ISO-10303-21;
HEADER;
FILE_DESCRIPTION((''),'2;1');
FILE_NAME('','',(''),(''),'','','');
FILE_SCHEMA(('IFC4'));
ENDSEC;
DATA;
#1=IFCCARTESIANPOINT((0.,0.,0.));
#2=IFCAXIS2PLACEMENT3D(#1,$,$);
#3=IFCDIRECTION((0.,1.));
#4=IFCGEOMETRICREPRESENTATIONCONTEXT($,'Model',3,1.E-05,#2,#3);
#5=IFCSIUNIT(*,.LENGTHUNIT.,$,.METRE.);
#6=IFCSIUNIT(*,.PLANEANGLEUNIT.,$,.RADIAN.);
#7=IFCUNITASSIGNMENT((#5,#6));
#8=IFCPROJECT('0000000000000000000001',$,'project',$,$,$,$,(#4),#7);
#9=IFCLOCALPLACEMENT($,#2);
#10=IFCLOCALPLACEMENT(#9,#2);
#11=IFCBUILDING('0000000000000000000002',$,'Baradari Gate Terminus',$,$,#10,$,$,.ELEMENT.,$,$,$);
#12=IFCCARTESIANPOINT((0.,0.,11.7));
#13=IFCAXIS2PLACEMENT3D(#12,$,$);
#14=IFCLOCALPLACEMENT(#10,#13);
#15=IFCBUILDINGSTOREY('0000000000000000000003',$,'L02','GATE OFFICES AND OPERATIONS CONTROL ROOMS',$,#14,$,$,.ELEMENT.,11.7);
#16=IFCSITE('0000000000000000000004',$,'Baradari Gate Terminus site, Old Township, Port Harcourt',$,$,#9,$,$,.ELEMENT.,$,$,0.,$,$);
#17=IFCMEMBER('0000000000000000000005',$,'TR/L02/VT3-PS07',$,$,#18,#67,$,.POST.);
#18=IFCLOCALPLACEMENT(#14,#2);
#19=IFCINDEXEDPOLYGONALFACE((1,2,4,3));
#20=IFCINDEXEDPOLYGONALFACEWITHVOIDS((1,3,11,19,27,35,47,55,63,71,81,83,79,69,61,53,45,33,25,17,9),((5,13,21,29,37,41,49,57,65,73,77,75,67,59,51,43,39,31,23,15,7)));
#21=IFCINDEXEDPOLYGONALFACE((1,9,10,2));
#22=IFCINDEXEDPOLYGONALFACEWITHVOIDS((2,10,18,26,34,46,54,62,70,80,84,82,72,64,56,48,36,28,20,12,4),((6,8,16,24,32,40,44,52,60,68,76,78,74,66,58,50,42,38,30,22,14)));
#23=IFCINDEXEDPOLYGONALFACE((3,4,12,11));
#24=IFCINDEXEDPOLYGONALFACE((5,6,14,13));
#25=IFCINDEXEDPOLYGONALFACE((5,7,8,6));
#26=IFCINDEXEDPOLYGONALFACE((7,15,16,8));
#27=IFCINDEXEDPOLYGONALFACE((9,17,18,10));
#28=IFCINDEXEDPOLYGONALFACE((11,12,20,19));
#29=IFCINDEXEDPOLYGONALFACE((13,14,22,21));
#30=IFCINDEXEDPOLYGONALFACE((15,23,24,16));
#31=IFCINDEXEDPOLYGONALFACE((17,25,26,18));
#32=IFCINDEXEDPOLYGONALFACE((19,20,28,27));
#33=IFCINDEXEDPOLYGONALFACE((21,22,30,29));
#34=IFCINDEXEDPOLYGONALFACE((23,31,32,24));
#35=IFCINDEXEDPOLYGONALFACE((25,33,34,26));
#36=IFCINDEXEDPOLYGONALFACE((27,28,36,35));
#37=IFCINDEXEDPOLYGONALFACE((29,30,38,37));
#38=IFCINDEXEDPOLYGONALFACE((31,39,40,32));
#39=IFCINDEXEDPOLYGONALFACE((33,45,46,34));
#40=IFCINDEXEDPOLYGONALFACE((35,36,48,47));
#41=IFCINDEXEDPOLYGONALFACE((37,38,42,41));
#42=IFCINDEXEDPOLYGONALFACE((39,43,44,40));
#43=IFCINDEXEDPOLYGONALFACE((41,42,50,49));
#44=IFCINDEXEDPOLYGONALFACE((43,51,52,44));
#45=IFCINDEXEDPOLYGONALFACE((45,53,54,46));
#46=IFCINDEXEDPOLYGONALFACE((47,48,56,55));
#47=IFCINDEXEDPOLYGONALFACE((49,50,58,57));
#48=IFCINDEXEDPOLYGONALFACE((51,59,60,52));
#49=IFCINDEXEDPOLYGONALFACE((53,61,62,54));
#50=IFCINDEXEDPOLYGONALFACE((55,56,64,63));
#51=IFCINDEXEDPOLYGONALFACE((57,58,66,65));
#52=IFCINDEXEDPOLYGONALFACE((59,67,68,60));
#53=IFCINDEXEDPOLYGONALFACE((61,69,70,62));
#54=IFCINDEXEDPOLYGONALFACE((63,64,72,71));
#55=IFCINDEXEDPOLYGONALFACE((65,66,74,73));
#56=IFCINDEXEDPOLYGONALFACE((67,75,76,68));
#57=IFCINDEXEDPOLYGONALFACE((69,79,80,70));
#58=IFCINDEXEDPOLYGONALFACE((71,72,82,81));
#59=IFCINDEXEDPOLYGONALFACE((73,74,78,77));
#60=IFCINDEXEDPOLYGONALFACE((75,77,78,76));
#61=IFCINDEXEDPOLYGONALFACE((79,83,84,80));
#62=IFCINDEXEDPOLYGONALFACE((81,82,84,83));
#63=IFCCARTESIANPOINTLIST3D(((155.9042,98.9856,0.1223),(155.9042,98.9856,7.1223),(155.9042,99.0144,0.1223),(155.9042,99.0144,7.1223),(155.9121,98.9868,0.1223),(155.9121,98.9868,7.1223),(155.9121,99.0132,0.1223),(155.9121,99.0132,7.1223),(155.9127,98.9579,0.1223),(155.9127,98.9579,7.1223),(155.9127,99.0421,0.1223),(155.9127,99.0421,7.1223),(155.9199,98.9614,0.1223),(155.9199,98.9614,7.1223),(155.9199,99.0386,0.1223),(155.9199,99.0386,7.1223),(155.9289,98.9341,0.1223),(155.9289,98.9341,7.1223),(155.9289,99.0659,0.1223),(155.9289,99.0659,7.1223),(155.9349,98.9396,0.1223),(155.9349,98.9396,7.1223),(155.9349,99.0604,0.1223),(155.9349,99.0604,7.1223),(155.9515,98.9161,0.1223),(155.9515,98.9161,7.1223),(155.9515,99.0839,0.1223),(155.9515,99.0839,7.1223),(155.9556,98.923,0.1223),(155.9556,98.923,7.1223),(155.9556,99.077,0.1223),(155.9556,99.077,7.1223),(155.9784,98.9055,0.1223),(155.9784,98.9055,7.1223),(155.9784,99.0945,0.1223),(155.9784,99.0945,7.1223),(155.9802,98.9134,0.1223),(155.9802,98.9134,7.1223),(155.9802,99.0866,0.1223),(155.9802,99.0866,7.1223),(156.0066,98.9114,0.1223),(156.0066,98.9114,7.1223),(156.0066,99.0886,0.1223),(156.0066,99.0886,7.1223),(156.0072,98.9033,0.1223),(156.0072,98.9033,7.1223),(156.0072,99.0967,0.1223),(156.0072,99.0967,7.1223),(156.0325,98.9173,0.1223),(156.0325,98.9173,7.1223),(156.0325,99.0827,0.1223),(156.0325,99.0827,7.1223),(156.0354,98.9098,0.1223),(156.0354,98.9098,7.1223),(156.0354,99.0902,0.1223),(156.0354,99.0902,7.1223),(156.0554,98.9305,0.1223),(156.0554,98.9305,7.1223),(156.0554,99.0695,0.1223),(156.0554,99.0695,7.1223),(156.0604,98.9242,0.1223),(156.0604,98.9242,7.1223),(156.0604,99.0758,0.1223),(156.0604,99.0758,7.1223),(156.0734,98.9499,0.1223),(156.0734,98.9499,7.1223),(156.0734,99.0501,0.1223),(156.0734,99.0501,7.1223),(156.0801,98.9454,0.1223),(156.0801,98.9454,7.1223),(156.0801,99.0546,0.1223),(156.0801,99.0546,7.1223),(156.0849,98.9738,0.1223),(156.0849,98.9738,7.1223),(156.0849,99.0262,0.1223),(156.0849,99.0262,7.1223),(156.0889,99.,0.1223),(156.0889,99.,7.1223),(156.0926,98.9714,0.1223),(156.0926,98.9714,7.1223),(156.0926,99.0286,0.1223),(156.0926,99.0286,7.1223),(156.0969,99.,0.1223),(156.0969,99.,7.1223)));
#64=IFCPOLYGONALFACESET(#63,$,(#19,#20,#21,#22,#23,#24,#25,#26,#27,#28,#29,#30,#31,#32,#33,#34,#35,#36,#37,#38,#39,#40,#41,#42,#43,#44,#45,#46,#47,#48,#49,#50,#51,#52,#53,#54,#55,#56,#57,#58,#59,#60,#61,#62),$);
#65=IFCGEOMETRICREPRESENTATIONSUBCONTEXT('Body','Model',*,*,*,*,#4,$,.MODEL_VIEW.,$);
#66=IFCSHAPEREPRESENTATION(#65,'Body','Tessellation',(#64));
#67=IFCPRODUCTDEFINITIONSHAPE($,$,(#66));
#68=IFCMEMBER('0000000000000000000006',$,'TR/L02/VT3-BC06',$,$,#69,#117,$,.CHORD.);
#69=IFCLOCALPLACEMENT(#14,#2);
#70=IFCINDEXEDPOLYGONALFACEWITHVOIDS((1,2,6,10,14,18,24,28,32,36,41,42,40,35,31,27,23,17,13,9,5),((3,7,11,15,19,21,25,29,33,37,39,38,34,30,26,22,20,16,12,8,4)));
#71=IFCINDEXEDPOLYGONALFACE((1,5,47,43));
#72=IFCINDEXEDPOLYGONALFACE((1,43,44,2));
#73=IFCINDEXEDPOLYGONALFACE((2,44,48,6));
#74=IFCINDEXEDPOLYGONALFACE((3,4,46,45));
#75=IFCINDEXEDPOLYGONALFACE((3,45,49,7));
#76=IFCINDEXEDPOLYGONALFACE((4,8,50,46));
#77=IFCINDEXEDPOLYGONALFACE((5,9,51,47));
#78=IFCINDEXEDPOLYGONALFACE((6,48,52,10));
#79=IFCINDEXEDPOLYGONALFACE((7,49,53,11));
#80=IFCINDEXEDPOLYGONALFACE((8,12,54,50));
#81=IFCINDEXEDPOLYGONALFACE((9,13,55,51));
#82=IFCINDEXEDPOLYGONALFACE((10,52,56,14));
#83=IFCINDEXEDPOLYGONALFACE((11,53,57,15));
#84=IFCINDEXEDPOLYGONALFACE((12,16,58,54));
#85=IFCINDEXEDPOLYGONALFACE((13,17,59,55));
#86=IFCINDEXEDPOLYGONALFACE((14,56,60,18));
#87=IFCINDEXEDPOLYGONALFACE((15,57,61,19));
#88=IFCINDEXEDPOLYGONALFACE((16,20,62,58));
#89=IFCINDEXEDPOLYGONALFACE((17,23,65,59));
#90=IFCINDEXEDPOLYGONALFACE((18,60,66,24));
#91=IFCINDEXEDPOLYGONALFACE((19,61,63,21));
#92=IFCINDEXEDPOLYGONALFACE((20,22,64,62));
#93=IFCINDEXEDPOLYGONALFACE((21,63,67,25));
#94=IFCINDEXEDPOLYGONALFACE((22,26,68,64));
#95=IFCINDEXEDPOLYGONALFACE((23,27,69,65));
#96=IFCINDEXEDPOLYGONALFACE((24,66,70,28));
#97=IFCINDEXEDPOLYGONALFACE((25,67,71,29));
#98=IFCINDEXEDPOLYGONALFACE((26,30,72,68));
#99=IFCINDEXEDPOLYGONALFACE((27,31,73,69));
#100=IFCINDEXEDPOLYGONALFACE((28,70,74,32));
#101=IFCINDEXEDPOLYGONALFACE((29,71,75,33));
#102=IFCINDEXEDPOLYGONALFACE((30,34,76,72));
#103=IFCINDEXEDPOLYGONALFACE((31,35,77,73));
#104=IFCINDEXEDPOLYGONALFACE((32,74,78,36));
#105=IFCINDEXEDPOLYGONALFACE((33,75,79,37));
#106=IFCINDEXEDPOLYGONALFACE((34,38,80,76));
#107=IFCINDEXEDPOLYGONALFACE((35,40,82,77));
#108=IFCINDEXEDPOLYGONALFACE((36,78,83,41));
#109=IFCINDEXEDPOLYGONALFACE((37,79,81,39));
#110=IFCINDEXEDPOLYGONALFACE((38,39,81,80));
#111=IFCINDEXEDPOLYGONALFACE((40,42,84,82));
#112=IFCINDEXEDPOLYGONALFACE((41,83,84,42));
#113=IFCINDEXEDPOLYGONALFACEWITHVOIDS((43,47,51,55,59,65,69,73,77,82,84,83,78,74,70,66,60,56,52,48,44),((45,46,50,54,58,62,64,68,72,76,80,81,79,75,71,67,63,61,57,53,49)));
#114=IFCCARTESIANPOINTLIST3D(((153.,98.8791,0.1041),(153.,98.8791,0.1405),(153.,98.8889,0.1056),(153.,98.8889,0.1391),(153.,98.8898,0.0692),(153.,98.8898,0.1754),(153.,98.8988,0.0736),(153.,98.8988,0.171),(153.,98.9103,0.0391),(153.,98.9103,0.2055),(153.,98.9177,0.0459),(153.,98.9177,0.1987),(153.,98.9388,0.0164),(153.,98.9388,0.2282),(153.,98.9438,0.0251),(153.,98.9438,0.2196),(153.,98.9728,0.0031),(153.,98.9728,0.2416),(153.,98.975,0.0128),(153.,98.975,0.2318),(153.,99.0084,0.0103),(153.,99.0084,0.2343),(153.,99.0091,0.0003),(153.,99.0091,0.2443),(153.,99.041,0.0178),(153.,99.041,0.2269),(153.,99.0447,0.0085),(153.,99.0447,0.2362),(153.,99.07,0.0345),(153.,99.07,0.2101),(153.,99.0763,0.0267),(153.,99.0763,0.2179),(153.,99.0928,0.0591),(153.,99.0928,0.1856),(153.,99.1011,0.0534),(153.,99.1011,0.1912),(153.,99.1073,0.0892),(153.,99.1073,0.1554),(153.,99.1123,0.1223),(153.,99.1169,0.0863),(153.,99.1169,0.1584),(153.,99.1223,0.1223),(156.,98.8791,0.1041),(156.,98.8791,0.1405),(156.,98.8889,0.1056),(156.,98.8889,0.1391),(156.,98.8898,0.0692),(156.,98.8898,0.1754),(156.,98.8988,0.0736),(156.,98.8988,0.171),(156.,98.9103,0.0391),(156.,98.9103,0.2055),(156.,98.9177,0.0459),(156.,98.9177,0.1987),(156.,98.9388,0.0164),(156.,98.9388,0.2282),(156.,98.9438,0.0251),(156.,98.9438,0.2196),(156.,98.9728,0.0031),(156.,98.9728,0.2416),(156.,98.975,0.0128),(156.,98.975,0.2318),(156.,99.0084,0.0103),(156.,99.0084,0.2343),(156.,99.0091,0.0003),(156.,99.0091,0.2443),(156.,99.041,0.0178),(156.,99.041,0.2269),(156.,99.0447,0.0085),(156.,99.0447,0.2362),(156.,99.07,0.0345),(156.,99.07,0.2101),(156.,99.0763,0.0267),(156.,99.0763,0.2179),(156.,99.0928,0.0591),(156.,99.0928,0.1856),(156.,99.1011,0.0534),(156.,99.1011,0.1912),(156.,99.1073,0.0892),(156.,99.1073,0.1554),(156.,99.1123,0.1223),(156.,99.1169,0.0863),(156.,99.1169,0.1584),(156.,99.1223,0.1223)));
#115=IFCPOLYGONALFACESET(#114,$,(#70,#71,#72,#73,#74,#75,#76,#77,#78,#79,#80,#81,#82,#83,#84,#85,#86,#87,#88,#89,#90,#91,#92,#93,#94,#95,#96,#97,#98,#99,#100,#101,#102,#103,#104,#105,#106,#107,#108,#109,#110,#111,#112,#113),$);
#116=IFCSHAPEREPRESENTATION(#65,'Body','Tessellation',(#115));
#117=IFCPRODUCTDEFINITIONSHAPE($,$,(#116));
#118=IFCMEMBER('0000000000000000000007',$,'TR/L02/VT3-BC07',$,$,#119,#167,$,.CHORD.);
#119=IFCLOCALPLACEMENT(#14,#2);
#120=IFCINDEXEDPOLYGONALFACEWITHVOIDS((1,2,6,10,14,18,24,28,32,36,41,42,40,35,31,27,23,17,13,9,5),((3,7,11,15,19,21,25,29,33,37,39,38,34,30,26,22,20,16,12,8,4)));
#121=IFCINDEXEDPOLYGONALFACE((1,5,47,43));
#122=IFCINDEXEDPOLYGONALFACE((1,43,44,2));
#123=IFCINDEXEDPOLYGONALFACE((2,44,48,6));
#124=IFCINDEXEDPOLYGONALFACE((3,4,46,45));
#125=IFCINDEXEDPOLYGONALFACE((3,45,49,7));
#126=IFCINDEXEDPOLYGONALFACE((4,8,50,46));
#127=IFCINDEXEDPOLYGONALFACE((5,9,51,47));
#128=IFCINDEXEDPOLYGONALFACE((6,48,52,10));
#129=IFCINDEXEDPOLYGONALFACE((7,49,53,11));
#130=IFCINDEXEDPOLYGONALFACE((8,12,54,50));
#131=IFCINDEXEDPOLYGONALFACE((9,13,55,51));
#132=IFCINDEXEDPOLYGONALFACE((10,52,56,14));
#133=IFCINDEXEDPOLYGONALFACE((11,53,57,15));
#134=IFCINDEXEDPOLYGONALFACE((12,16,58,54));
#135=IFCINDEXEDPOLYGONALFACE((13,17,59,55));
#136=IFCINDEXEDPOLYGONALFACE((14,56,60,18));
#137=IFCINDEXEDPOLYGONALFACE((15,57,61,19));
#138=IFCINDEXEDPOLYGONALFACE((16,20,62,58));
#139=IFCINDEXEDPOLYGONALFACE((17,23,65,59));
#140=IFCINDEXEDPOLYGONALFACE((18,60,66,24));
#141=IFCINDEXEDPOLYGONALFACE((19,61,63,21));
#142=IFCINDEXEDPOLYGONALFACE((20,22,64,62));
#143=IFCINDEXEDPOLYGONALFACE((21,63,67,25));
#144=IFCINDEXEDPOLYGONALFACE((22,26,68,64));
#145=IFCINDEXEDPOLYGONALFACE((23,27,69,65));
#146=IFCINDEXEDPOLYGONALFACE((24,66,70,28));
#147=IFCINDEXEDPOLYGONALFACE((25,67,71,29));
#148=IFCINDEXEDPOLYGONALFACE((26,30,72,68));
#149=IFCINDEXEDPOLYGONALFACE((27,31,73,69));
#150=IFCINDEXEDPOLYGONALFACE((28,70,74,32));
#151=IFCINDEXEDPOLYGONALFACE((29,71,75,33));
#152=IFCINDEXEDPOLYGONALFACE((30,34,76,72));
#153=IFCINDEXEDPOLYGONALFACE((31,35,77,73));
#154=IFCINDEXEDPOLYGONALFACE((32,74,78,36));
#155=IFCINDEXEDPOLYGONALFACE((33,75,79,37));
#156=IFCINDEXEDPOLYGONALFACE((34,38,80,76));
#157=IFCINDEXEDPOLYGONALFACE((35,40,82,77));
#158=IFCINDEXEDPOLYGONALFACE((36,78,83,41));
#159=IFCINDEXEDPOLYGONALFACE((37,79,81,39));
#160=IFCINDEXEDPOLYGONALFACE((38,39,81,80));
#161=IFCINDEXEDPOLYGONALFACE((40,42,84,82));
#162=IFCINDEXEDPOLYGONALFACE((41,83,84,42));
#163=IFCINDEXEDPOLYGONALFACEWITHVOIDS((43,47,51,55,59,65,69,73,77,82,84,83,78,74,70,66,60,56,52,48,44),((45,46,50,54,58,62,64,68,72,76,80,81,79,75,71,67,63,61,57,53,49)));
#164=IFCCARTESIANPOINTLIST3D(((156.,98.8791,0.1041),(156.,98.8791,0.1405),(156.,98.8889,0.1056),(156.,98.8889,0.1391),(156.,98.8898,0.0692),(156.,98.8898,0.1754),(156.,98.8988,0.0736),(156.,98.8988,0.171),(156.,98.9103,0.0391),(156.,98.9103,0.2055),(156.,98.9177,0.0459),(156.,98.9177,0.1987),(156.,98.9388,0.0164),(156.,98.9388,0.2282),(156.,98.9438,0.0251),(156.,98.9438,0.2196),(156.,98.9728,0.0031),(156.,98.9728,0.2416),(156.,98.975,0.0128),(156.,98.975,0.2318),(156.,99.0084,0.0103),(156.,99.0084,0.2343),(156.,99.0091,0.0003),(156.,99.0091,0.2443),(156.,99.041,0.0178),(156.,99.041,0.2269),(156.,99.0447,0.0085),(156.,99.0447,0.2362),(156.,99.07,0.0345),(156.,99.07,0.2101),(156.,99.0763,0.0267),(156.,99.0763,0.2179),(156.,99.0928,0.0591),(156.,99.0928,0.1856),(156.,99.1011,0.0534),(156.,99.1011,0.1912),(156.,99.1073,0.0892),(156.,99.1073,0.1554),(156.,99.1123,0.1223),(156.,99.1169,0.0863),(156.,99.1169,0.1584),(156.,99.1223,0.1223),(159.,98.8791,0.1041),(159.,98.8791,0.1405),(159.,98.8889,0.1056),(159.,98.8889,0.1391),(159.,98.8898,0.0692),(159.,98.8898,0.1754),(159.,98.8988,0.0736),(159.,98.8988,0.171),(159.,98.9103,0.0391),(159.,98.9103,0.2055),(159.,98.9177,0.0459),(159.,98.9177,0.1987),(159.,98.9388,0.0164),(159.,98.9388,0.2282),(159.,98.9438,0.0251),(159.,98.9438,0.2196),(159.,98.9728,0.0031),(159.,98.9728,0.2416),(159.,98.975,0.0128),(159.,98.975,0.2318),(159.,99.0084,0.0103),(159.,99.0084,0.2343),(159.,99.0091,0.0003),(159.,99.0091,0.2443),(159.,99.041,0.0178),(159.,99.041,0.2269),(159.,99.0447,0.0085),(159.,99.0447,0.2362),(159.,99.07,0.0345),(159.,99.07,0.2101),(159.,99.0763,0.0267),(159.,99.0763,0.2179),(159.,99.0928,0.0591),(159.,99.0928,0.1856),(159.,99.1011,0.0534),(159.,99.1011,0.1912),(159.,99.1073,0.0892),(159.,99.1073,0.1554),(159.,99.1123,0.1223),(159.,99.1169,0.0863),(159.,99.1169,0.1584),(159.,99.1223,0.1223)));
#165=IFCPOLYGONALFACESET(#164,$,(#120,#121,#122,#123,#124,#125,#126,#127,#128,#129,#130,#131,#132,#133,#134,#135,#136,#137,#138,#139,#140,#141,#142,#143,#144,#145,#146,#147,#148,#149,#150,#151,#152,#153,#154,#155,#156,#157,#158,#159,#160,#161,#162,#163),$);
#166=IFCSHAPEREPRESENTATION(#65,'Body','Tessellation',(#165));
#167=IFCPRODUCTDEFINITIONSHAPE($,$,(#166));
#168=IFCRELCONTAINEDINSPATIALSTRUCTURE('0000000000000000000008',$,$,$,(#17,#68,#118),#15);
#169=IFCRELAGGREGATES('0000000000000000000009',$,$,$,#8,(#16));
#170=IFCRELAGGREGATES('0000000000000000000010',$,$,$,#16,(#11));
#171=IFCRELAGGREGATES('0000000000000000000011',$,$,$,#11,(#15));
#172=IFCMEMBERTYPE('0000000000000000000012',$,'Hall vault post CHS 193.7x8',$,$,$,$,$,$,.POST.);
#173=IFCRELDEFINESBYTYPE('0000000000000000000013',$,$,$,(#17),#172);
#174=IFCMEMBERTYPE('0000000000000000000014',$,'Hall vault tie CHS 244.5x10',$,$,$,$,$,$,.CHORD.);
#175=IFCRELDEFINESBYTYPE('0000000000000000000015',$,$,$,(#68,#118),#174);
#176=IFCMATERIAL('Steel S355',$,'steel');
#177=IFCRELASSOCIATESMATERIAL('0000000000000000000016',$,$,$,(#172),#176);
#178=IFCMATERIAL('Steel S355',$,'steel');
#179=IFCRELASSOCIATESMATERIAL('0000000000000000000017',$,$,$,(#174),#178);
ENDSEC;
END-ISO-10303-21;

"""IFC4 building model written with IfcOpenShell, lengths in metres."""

from ifc_helpers import new_model, si_unit, direction, frame, origin, origin_2d, place, context, subcontext, project, spatial, hollow_circle, extrude, material, material_profile, profile_set, type_object, element, save


model = new_model("IFC4")

# Units and contexts
model_context = context("Model", 3, precision=1e-05, world=origin(), true_north=direction((0.0, 1.0)))
body_context = subcontext(model_context, "Body", "Model", "MODEL_VIEW")
ifc_project = project(units=[si_unit("LENGTHUNIT", "METRE"), si_unit("PLANEANGLEUNIT", "RADIAN")], contexts=[model_context])

# Site, building, storey
site_placement = place(None, origin())
site = spatial("IfcSite", under=ifc_project, at=site_placement, Name="Baradari Gate Terminus site, Old Township, Port Harcourt", CompositionType="ELEMENT", RefElevation=0.0)
building_placement = place(site_placement, origin())
building = spatial("IfcBuilding", under=site, at=building_placement, Name="Baradari Gate Terminus", CompositionType="ELEMENT")
storey_placement = place(building_placement, frame((0.0, 0.0, 11.7)))
storey = spatial("IfcBuildingStorey", under=building, at=storey_placement, Name="L02", Description="GATE OFFICES AND OPERATIONS CONTROL ROOMS", CompositionType="ELEMENT", Elevation=11.7)

# Members
ifc_material_1 = material(Name="Steel S355", Category="steel")
ifc_material_profile_1 = material_profile(ifc_material_1, hollow_circle(Radius=0.0969, WallThickness=0.0081, at=origin_2d()), Name="CHS 193.7x8")
ifc_profile_set_1 = profile_set([ifc_material_profile_1], Name="Steel S355")
member_type_1 = type_object("IfcMemberType", Name="Hall vault post CHS 193.7x8", PredefinedType="POST", material=ifc_profile_set_1)
member_1_placement = place(storey_placement, frame((156.0, 99.0, 0.1223), z_axis=(0.0, 0.0, 1.0), x_axis=(1.0, 0.0, 0.0)))
element("IfcMember", 1, at=member_1_placement, inside=storey, type_object=member_type_1, Name="TR/L02/VT3-PS07", PredefinedType="POST", context=body_context, shape_type="SweptSolid", body=[
    extrude(hollow_circle(Radius=0.0969, WallThickness=0.0081, at=origin_2d()), origin(), (0.0, 0.0, 1.0), 7.0),
])
ifc_material_2 = material(Name="Steel S355", Category="steel")
ifc_material_profile_2 = material_profile(ifc_material_2, hollow_circle(Radius=0.1223, WallThickness=0.01, at=origin_2d()), Name="CHS 244.5x10")
ifc_profile_set_2 = profile_set([ifc_material_profile_2], Name="Steel S355")
member_type_2 = type_object("IfcMemberType", Name="Hall vault tie CHS 244.5x10", PredefinedType="CHORD", material=ifc_profile_set_2)
for number, where, z_axis, x_axis, name in (
    (2, (153.0, 99.0, 0.1223), (1.0, 0.0, 0.0), (0.0, 1.0, 0.0), "TR/L02/VT3-BC06"),
    (3, (156.0, 99.0, 0.1223), (1.0, 0.0, 0.0), (0.0, 1.0, 0.0), "TR/L02/VT3-BC07"),
):
    element("IfcMember", number, at=place(storey_placement, frame(where, z_axis=z_axis, x_axis=x_axis)), inside=storey, type_object=member_type_2, Name=name, PredefinedType="CHORD", context=body_context, shape_type="SweptSolid", body=[
        extrude(hollow_circle(Radius=0.1223, WallThickness=0.01, at=origin_2d()), origin(), (0.0, 0.0, 1.0), 3.0),
    ])

save(model, "model.ifc")
